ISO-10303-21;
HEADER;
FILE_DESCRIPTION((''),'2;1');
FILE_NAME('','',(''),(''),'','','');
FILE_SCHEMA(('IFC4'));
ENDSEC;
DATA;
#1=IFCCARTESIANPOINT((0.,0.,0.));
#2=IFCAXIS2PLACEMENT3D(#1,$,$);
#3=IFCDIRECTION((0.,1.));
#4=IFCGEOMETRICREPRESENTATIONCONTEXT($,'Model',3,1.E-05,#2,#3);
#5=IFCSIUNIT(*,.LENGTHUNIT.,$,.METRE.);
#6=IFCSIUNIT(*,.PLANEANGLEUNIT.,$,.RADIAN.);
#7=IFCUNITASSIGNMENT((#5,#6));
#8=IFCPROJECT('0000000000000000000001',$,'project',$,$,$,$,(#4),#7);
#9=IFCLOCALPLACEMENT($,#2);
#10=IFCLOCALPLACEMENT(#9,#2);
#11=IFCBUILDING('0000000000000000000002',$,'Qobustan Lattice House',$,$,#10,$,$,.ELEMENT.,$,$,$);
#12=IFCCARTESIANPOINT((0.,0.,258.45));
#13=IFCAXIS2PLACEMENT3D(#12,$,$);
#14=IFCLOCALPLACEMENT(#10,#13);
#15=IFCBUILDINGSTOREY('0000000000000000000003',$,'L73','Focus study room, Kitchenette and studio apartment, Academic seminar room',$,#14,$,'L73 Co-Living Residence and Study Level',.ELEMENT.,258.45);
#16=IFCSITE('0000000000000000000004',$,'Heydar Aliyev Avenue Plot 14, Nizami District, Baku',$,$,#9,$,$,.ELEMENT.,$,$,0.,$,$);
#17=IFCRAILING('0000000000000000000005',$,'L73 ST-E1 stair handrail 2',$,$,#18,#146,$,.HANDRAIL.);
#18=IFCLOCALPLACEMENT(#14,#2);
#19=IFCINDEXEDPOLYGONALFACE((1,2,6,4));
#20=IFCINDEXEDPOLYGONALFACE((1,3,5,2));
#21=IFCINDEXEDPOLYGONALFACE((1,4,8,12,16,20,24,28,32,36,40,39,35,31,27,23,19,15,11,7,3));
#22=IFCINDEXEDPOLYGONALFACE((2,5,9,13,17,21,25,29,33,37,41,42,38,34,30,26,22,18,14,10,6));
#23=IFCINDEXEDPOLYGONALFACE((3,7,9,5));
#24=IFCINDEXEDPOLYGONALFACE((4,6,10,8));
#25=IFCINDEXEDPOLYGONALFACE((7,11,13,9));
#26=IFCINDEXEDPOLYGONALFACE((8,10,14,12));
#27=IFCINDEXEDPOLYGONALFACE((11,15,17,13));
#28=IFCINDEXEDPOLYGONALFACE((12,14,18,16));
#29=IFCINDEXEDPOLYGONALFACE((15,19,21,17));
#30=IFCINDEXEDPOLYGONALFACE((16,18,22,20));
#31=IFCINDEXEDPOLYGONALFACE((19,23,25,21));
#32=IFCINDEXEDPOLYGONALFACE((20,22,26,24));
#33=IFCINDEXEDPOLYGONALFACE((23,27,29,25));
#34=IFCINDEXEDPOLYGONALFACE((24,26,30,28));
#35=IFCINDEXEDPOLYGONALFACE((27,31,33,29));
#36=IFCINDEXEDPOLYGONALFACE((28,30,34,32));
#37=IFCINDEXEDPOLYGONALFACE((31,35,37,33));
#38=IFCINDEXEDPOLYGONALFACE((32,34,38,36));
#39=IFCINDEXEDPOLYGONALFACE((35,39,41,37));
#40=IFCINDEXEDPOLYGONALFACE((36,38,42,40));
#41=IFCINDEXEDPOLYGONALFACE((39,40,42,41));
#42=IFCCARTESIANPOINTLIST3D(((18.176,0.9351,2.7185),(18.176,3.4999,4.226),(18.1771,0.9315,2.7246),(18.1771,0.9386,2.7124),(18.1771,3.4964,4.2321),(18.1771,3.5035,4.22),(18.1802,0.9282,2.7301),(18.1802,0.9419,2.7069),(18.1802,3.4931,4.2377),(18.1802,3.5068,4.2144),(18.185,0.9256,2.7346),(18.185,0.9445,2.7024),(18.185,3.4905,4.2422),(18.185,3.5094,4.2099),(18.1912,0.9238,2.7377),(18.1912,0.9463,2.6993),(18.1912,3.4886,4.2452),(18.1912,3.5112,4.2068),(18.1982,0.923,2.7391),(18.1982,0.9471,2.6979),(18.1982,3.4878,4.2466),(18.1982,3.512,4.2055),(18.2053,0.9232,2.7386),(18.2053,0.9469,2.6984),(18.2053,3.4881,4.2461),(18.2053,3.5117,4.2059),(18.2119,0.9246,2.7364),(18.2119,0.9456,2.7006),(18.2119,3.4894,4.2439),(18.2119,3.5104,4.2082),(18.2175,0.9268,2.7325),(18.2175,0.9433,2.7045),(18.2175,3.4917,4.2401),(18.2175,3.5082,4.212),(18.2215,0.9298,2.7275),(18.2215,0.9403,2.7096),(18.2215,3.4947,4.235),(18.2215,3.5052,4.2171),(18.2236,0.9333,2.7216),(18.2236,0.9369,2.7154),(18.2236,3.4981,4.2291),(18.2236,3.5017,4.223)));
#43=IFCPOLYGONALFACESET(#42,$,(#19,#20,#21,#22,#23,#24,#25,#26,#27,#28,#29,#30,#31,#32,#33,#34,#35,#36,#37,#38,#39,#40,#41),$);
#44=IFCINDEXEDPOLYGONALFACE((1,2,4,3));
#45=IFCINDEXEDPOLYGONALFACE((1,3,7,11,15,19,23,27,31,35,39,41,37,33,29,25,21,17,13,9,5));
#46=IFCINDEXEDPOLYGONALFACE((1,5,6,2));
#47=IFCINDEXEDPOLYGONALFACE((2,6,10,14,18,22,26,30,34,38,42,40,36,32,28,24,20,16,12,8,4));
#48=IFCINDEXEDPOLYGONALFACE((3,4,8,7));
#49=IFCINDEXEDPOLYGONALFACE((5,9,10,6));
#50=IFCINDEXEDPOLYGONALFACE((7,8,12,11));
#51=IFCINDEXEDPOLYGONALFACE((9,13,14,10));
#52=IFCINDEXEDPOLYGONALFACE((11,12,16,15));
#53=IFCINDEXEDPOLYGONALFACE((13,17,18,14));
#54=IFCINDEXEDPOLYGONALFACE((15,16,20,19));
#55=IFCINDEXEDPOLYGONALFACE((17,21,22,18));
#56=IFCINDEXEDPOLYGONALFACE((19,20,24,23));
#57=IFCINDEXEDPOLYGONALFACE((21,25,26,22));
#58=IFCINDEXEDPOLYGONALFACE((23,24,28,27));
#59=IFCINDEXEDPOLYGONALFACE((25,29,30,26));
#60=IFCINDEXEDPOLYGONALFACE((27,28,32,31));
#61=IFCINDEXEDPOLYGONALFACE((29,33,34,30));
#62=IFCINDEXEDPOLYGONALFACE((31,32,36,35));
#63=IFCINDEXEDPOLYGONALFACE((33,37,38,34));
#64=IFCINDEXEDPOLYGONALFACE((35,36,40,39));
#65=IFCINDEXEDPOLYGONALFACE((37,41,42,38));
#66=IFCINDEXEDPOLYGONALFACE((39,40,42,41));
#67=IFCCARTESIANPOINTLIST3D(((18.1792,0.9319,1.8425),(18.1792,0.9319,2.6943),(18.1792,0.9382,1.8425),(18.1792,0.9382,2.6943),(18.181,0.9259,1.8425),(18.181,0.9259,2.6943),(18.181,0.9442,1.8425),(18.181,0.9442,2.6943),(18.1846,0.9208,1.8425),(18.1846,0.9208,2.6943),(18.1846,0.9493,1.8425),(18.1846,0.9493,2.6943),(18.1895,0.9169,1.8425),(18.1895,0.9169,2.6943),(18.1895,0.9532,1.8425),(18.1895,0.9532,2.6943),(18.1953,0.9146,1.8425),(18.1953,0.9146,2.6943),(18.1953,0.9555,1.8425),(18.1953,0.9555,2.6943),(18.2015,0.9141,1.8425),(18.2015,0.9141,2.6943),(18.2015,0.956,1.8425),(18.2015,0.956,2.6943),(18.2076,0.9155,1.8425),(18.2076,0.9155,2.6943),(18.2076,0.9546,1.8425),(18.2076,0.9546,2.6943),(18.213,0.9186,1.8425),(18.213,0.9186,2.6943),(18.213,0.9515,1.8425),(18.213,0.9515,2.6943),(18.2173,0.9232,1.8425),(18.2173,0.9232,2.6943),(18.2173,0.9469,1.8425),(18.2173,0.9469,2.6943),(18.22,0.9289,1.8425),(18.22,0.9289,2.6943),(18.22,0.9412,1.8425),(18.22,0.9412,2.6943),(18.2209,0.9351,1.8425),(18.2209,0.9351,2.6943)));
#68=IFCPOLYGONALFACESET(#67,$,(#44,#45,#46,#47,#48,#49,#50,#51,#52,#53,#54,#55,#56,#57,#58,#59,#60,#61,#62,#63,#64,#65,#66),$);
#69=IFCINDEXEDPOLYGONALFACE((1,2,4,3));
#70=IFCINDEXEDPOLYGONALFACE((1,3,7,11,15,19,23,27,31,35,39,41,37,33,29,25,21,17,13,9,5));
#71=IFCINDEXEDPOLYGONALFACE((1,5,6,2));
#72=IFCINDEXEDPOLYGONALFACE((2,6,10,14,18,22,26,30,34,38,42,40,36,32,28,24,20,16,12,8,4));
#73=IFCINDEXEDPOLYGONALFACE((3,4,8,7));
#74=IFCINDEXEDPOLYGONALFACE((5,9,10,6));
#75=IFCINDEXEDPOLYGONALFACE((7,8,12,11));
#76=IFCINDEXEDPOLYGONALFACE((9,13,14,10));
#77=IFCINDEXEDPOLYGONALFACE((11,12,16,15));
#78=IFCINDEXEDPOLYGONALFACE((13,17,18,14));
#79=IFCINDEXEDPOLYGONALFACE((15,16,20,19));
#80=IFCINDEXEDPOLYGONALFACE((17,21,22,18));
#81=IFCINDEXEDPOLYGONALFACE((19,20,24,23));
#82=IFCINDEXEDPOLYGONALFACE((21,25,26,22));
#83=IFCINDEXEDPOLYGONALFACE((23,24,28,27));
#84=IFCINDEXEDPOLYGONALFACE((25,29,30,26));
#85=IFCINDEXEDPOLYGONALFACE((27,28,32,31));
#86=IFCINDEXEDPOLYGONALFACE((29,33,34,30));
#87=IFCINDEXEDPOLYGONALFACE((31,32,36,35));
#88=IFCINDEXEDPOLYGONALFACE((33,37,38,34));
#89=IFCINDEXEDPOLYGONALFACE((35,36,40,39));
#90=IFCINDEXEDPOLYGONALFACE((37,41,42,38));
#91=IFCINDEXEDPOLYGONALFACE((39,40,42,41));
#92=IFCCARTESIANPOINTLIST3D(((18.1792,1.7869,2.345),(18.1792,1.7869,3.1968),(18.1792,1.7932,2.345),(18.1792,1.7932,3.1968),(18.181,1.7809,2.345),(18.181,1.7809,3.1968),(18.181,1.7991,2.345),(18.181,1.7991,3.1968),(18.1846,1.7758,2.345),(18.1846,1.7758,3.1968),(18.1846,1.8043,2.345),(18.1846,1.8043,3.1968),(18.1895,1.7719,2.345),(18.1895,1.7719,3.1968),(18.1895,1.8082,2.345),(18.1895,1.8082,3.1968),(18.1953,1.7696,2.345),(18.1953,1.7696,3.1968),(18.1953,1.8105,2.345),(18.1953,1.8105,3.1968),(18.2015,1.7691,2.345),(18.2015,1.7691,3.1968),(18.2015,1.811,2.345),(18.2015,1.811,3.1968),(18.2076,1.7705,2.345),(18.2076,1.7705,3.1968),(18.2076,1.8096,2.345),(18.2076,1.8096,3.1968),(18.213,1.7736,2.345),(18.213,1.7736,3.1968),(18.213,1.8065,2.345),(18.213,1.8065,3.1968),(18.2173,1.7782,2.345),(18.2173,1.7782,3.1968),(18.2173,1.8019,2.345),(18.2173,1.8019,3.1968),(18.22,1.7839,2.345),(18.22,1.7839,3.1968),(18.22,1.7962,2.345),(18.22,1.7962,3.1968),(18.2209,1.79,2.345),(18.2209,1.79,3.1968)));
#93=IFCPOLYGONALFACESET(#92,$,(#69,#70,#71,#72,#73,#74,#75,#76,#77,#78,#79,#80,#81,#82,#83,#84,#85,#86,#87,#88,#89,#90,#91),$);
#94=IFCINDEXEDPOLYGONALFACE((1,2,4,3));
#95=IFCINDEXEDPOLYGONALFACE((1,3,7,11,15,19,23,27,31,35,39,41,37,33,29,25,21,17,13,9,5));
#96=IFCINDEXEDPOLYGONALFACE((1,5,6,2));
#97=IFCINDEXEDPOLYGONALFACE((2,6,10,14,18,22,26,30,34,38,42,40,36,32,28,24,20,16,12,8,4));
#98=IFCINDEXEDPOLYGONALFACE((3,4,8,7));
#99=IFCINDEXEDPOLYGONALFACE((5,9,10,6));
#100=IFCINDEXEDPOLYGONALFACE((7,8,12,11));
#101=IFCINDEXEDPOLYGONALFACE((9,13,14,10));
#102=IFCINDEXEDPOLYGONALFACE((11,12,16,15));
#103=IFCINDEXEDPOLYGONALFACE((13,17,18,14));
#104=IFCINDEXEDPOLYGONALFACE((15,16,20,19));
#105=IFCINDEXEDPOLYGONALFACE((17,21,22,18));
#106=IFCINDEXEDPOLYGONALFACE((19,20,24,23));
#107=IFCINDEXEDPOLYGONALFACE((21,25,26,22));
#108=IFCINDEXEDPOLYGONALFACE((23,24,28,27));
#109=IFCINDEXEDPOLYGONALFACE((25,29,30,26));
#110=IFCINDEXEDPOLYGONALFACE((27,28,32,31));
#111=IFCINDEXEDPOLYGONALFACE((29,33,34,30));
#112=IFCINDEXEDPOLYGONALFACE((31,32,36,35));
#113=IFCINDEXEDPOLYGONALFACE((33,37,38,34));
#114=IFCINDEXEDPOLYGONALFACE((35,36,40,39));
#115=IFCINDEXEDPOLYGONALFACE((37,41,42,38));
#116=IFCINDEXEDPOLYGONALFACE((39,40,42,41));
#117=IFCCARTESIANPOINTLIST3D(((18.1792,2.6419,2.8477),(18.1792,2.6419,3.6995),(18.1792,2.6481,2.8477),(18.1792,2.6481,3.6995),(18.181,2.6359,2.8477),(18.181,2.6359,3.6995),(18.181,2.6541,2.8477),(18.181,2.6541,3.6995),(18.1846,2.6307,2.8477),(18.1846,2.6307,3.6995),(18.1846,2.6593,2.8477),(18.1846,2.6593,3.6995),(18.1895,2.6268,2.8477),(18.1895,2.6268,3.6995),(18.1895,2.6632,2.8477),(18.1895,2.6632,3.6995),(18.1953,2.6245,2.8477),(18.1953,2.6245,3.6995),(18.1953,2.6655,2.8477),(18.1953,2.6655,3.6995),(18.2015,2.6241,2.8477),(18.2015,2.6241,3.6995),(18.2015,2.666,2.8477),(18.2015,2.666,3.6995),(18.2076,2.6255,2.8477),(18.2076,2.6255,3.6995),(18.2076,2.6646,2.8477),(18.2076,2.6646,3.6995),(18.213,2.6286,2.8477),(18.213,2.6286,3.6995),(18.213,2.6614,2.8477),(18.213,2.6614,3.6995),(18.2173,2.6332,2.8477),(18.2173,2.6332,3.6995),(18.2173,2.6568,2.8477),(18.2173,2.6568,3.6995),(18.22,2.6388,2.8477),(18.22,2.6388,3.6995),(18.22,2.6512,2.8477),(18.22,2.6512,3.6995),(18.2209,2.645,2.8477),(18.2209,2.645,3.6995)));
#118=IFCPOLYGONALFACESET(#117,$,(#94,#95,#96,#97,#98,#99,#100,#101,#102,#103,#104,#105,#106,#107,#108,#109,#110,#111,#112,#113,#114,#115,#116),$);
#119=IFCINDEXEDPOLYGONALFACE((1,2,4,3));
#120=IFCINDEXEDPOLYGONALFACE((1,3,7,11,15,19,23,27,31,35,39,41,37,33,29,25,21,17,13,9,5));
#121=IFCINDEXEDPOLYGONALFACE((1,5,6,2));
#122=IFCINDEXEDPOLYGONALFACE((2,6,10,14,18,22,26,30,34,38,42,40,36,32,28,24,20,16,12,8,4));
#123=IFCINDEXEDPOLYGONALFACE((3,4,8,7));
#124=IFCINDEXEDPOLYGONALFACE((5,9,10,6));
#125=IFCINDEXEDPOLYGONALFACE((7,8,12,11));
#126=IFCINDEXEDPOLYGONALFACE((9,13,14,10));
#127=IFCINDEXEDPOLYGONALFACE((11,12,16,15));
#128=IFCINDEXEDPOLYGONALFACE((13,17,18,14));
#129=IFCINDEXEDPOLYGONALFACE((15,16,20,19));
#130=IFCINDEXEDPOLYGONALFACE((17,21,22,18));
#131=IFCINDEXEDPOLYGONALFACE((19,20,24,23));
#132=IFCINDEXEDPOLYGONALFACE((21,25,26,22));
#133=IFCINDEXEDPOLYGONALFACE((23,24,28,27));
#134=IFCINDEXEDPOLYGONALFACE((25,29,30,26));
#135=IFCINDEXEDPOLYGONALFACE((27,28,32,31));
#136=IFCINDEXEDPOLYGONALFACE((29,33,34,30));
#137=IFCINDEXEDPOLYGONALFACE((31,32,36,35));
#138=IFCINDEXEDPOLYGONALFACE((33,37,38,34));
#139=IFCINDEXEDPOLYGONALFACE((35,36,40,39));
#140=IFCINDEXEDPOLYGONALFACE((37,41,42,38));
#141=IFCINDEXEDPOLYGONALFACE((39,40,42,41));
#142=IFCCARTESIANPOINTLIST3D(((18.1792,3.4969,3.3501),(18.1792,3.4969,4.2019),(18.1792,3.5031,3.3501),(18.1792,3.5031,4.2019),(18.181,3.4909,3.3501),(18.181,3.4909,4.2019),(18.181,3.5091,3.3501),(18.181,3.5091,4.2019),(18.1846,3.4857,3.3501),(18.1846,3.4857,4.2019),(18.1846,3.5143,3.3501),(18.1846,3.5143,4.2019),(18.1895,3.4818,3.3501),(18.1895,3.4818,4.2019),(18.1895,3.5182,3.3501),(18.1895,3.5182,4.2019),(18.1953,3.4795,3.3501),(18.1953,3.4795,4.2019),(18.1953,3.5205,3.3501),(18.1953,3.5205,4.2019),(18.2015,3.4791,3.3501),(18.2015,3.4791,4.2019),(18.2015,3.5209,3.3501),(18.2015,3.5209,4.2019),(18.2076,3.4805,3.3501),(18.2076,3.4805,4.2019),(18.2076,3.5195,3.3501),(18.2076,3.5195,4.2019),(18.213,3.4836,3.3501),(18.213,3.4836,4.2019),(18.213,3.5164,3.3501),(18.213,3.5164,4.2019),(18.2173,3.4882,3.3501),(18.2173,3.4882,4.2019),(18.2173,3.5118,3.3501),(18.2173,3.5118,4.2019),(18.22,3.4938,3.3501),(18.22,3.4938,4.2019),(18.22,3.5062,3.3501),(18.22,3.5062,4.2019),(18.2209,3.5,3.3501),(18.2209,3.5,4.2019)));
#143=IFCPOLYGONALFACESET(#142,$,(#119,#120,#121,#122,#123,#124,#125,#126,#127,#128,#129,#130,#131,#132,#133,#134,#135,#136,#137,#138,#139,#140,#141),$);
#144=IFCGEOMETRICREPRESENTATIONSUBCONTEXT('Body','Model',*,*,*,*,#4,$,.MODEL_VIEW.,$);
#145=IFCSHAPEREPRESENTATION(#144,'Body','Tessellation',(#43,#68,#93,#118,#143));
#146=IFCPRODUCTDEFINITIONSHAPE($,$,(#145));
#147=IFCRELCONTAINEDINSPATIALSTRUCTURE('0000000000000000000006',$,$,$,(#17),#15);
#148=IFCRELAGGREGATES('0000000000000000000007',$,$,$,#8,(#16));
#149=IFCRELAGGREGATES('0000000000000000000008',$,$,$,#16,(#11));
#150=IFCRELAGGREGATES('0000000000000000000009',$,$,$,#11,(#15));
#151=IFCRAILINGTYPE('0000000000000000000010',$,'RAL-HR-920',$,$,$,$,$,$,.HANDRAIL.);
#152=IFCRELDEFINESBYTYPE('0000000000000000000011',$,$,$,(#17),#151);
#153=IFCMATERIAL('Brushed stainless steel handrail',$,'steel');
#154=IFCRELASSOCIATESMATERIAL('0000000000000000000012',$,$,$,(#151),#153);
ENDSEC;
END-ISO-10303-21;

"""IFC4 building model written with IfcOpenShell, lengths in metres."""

from ifc_helpers import new_model, si_unit, direction, frame, origin, origin_2d, place, context, subcontext, project, spatial, circle, extrude, material, type_object, element, save


model = new_model("IFC4")

# Units and contexts
model_context = context("Model", 3, precision=1e-05, world=origin(), true_north=direction((0.0, 1.0)))
body_context = subcontext(model_context, "Body", "Model", "MODEL_VIEW")
ifc_project = project(units=[si_unit("LENGTHUNIT", "METRE"), si_unit("PLANEANGLEUNIT", "RADIAN")], contexts=[model_context])

# Site, building, storey
site_placement = place(None, origin())
site = spatial("IfcSite", under=ifc_project, at=site_placement, Name="Heydar Aliyev Avenue Plot 14, Nizami District, Baku", CompositionType="ELEMENT", RefElevation=0.0)
building_placement = place(site_placement, origin())
building = spatial("IfcBuilding", under=site, at=building_placement, Name="Qobustan Lattice House", CompositionType="ELEMENT")
storey_placement = place(building_placement, frame((0.0, 0.0, 258.45)))
storey = spatial("IfcBuildingStorey", under=building, at=storey_placement, Name="L73", Description="Focus study room, Kitchenette and studio apartment, Academic seminar room", LongName="L73 Co-Living Residence and Study Level", CompositionType="ELEMENT", Elevation=258.45)

# Railing
ifc_material_1 = material(Name="Brushed stainless steel handrail", Category="steel")
railing_type_1 = type_object("IfcRailingType", Name="RAL-HR-920", PredefinedType="HANDRAIL", material=ifc_material_1)
railing_1_placement = place(storey_placement, frame((18.2, 0.9351, 1.8425)))
element("IfcRailing", 1, at=railing_1_placement, inside=storey, type_object=railing_type_1, Name="L73 ST-E1 stair handrail 2", PredefinedType="HANDRAIL", context=body_context, shape_type="SweptSolid", body=[
    extrude(circle(Radius=0.0239, at=origin_2d()), frame((0.0, 0.0, 0.876), z_axis=(0.0, 0.862113, 0.506715), x_axis=(-1.0, 0.0, 0.0)), (0.0, 0.0, 1.0), 2.9751),
    extrude(circle(Radius=0.021, at=origin_2d()), origin(), (0.0, 0.0, 1.0), 0.8518),
    extrude(circle(Radius=0.021, at=origin_2d()), frame((0.0, 0.855, 0.5024)), (0.0, 0.0, 1.0), 0.8518),
    extrude(circle(Radius=0.021, at=origin_2d()), frame((0.0, 1.71, 1.0051)), (0.0, 0.0, 1.0), 0.8518),
    extrude(circle(Radius=0.021, at=origin_2d()), frame((0.0, 2.5649, 1.5076)), (0.0, 0.0, 1.0), 0.8518),
])

save(model, "model.ifc")
